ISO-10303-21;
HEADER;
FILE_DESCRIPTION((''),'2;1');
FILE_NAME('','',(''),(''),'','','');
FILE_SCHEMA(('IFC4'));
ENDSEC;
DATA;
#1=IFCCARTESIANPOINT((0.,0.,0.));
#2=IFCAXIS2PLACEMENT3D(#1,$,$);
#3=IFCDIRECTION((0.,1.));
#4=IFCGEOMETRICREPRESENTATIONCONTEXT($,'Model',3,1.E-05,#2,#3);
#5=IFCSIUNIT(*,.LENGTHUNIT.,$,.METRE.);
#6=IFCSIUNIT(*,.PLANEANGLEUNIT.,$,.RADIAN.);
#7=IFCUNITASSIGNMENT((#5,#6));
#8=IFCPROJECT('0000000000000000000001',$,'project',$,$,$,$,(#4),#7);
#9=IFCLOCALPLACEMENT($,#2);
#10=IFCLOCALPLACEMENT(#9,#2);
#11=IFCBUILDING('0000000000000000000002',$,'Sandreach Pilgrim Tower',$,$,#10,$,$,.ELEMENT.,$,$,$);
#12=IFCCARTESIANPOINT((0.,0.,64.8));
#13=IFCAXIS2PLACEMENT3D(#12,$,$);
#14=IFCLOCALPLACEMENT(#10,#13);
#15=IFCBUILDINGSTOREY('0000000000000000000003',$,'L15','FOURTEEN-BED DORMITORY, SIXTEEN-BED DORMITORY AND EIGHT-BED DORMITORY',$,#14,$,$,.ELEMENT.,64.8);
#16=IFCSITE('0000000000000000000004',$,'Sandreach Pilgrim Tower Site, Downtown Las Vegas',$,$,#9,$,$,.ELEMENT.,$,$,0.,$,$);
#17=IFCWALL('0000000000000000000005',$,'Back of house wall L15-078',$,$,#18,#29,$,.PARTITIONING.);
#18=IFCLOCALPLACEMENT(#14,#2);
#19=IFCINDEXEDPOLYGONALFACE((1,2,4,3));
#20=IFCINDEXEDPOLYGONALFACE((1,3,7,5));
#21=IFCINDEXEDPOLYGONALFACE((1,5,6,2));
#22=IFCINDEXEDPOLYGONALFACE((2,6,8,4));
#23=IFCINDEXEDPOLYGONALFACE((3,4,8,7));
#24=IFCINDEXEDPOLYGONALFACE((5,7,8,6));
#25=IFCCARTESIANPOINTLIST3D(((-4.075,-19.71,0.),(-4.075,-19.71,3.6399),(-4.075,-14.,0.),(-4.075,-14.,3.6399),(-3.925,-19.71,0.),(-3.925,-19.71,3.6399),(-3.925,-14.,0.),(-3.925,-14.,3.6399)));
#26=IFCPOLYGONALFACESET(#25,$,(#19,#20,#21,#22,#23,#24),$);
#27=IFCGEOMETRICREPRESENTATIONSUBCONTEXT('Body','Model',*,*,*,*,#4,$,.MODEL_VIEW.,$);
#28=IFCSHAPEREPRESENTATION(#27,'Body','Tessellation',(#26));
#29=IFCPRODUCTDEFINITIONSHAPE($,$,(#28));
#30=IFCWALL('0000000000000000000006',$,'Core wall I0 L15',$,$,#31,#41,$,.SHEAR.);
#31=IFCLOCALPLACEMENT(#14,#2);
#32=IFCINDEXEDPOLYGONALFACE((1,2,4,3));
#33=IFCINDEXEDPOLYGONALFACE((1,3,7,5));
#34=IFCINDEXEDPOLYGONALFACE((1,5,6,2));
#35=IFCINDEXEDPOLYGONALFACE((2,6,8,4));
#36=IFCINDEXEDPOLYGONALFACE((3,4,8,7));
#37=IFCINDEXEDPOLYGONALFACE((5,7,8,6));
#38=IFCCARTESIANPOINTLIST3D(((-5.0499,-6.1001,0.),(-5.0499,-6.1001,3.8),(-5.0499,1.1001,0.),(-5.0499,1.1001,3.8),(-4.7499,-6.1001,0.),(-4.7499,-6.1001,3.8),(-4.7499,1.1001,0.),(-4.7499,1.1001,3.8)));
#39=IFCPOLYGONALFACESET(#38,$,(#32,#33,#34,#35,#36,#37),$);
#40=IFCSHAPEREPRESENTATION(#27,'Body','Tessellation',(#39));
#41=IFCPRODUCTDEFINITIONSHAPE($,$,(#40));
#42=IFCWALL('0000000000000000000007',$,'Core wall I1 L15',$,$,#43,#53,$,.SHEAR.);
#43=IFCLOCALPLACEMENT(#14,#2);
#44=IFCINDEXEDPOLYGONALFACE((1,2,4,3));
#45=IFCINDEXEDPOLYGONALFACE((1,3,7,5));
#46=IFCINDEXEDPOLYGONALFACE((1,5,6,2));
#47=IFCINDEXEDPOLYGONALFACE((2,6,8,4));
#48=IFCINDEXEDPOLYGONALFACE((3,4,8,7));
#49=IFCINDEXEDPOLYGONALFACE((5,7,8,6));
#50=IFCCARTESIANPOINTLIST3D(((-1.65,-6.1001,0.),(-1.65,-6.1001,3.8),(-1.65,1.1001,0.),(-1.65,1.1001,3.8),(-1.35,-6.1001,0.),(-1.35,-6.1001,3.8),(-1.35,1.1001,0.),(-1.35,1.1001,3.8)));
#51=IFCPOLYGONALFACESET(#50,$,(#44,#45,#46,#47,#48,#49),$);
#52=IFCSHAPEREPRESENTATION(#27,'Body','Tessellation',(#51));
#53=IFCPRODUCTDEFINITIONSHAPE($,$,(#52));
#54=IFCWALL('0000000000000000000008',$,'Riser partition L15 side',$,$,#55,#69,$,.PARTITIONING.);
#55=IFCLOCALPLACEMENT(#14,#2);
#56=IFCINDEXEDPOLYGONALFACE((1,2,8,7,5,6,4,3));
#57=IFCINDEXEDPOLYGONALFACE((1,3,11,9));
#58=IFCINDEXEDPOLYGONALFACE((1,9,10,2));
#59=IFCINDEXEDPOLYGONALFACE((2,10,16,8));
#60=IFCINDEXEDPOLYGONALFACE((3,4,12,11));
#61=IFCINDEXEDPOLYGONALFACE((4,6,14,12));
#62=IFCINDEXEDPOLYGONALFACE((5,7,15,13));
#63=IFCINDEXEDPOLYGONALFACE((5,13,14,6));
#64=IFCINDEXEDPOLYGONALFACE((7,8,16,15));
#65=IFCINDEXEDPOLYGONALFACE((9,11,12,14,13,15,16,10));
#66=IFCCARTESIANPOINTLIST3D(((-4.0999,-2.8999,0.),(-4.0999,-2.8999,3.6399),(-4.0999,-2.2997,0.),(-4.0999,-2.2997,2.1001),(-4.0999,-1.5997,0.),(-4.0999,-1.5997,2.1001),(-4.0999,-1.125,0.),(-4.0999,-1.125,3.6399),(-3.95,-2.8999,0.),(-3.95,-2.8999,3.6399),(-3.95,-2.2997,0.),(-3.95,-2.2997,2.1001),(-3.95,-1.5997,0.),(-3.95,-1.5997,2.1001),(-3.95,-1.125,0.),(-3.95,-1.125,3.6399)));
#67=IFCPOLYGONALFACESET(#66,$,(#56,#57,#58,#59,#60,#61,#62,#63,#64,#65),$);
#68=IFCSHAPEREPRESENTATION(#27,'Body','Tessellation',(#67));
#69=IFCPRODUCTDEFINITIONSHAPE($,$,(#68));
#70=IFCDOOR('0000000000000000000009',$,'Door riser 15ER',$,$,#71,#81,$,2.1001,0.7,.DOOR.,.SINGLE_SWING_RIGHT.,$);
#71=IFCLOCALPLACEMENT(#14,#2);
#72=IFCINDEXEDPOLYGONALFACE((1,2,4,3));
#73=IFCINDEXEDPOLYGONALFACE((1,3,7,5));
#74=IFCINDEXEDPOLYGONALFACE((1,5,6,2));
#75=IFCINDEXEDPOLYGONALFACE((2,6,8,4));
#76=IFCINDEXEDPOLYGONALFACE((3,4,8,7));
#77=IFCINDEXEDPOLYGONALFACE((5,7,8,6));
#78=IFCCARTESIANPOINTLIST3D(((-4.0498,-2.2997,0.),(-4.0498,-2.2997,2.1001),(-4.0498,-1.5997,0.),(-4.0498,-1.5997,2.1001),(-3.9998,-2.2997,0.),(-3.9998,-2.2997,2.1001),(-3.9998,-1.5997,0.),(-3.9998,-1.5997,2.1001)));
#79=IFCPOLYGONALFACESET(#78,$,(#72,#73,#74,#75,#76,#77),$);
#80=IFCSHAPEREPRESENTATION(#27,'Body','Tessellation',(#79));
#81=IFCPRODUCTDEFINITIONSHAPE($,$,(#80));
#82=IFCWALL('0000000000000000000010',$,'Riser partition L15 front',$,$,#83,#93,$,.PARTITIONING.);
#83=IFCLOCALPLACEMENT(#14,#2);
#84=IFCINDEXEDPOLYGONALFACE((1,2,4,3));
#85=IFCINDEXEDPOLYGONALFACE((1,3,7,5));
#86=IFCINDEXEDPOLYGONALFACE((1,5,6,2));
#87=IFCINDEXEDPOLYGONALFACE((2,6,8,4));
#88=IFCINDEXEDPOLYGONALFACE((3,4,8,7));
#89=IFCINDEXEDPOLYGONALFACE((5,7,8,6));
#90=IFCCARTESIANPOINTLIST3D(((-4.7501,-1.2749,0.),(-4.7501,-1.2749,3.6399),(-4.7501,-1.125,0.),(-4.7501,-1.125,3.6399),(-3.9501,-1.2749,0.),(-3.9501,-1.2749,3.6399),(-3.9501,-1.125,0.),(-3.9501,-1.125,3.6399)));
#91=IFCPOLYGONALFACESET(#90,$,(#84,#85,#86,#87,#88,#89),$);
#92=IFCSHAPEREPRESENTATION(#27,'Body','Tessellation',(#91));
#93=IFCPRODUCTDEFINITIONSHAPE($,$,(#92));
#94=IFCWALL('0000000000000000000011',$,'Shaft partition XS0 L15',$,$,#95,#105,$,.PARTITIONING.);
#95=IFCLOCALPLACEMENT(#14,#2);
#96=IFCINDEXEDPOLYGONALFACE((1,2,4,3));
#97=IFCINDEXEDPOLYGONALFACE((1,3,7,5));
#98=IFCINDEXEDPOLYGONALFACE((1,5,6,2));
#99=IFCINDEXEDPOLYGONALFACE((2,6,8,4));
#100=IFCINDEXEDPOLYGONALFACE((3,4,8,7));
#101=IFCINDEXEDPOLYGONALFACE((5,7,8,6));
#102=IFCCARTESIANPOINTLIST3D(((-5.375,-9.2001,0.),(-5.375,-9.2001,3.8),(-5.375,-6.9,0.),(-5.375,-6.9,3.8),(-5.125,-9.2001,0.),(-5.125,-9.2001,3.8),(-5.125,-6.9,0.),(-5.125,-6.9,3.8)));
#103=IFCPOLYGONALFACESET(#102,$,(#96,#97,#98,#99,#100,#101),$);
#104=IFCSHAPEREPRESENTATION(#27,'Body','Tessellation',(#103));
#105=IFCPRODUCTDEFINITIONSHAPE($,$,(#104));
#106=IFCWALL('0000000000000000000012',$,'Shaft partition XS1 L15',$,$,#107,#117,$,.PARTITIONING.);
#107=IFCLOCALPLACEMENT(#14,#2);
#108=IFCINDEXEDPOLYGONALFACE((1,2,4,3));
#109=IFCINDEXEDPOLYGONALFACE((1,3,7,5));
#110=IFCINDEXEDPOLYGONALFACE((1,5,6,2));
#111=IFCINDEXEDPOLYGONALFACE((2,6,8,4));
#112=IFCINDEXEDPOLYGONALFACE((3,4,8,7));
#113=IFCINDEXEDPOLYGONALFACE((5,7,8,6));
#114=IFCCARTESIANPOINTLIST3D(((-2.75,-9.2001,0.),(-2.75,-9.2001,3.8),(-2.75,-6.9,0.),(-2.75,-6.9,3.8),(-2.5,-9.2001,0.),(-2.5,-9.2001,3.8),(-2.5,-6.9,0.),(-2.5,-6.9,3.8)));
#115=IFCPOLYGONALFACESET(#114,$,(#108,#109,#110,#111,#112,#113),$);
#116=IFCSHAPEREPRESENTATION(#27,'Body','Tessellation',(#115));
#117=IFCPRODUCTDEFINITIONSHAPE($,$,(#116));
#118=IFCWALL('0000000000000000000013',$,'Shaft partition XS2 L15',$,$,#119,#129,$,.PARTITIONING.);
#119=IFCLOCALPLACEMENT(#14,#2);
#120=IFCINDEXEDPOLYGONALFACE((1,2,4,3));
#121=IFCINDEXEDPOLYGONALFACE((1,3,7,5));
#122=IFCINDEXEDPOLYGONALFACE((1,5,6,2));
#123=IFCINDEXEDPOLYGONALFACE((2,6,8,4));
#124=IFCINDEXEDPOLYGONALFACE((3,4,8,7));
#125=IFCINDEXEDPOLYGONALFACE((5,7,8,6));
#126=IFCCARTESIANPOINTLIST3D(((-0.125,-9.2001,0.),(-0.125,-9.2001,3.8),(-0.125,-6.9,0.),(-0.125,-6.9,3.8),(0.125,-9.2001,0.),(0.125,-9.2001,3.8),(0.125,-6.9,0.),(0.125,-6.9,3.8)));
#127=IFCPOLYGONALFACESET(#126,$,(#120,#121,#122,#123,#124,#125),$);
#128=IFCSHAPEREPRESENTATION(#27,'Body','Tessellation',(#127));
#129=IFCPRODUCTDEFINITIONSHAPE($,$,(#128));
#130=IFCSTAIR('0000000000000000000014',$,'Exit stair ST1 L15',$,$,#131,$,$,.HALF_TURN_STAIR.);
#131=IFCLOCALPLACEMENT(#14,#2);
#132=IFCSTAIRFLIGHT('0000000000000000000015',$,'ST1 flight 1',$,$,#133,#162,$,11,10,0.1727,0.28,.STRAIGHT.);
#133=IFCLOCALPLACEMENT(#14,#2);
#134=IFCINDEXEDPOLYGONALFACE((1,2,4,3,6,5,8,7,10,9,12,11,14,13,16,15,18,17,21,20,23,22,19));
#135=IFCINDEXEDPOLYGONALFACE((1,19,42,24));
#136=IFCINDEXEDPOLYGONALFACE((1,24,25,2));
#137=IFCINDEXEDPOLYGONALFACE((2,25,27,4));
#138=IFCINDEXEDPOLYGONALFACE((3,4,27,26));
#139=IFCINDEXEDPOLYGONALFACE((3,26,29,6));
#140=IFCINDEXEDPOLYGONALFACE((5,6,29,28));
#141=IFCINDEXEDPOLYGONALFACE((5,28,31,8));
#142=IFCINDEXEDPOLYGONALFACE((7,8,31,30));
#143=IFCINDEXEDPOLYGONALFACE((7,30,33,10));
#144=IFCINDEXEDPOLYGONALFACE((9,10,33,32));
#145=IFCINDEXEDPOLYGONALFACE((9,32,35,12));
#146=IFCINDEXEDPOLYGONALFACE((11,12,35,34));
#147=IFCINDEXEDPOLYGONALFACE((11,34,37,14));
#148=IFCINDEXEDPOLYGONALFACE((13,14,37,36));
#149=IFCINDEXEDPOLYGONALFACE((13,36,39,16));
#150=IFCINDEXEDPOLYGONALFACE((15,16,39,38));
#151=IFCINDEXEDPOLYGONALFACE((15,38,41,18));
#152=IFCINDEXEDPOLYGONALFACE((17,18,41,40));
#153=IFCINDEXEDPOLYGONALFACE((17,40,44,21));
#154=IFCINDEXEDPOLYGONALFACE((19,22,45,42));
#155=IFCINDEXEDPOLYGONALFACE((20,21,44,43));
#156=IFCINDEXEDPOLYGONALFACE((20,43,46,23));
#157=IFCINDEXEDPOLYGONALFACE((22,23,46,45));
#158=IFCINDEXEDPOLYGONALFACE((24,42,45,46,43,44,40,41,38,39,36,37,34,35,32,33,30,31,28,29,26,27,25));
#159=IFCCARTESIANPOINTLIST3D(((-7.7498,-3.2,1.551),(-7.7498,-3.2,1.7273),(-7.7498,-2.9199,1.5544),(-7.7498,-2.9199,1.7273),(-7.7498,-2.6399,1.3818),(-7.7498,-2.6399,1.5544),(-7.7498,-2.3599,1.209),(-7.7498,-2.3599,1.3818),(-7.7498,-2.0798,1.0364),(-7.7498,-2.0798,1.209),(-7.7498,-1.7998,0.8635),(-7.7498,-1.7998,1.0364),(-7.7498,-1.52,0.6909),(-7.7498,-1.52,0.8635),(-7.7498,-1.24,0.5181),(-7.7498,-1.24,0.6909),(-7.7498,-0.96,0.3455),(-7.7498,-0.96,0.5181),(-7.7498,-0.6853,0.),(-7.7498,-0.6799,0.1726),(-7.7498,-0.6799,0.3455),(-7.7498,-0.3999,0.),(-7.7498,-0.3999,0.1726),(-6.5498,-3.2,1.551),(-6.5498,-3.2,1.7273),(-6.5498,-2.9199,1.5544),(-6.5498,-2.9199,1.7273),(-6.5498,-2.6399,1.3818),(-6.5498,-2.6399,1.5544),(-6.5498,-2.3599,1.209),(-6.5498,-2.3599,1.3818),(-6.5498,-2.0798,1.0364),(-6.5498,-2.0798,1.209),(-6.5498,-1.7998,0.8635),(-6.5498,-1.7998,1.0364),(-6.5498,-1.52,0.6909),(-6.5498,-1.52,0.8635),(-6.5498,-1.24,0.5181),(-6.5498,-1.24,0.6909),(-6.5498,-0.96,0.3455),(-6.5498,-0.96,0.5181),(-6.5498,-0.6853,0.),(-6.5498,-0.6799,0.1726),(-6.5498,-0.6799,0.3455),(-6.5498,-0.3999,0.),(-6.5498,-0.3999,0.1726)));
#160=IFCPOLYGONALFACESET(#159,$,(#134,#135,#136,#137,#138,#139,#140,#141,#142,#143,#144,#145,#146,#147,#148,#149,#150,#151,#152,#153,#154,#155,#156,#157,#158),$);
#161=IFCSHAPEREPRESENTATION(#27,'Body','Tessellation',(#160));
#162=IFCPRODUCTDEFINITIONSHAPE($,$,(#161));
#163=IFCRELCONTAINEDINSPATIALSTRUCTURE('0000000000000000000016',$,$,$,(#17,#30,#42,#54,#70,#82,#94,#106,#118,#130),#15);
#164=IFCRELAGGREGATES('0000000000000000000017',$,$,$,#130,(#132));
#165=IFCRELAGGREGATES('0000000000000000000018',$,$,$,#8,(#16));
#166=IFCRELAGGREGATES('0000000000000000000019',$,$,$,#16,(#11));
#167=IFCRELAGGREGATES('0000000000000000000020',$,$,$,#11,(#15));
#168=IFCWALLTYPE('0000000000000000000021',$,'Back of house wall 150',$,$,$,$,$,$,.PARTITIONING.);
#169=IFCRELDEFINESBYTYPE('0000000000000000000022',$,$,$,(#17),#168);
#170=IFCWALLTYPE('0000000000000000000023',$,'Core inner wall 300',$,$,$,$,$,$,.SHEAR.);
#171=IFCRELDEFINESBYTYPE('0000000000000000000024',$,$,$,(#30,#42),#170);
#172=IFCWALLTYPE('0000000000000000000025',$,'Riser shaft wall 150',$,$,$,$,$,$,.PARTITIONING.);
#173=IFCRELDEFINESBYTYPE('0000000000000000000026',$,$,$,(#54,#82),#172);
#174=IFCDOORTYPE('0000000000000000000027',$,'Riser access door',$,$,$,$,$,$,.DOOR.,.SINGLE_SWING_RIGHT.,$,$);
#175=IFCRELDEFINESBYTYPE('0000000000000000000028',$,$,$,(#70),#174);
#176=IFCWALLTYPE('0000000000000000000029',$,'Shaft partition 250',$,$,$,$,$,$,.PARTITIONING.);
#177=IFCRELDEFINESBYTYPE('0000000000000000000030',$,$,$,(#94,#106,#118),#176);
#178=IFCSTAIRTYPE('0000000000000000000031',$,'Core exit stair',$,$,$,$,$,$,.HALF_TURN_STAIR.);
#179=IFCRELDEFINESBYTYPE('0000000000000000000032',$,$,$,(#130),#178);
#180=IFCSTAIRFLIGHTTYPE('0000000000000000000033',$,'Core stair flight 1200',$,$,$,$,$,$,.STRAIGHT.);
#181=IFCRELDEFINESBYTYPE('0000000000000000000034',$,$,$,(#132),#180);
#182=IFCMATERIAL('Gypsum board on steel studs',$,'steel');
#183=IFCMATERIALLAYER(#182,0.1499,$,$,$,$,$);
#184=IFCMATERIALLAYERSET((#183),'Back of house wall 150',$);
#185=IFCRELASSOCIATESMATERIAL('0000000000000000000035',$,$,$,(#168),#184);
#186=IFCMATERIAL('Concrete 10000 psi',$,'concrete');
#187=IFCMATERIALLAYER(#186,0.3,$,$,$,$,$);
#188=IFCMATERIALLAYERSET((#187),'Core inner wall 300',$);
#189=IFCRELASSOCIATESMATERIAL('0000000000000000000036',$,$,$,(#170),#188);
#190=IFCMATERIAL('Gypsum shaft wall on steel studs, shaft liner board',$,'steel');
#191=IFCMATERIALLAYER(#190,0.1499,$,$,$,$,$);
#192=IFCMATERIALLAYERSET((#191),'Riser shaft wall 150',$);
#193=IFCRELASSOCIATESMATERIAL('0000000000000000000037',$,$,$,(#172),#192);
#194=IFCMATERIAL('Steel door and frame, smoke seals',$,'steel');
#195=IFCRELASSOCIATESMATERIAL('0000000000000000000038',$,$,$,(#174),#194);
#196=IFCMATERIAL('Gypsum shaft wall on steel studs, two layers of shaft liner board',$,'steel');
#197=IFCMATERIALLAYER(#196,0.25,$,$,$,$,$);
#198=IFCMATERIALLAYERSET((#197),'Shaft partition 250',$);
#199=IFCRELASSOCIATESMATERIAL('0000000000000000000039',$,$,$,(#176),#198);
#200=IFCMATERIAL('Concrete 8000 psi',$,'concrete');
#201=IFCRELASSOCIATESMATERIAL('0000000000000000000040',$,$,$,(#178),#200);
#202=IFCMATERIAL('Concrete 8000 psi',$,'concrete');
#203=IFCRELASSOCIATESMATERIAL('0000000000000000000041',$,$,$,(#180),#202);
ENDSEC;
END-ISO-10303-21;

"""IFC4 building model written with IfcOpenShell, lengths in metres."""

from ifc_helpers import new_model, si_unit, direction, frame, frame_2d, origin, place, context, subcontext, project, spatial, polyline, rectangle, outline, extrude, material, layer, layer_set, type_object, element, fill, aggregate, save


model = new_model("IFC4")

# Units and contexts
model_context = context("Model", 3, precision=1e-05, world=origin(), true_north=direction((0.0, 1.0)))
body_context = subcontext(model_context, "Body", "Model", "MODEL_VIEW")
ifc_project = project(units=[si_unit("LENGTHUNIT", "METRE"), si_unit("PLANEANGLEUNIT", "RADIAN")], contexts=[model_context])

# Site, building, storey
site_placement = place(None, origin())
site = spatial("IfcSite", under=ifc_project, at=site_placement, Name="Sandreach Pilgrim Tower Site, Downtown Las Vegas", CompositionType="ELEMENT", RefElevation=0.0)
building_placement = place(site_placement, origin())
building = spatial("IfcBuilding", under=site, at=building_placement, Name="Sandreach Pilgrim Tower", CompositionType="ELEMENT")
storey_placement = place(building_placement, frame((0.0, 0.0, 64.8)))
storey = spatial("IfcBuildingStorey", under=building, at=storey_placement, Name="L15", Description="FOURTEEN-BED DORMITORY, SIXTEEN-BED DORMITORY AND EIGHT-BED DORMITORY", CompositionType="ELEMENT", Elevation=64.8)

# Walls
ifc_material_1 = material(Name="Gypsum board on steel studs", Category="steel")
ifc_layer_1 = layer(ifc_material_1, 0.1499)
ifc_layer_set_1 = layer_set([ifc_layer_1], Name="Back of house wall 150")
wall_type_1 = type_object("IfcWallType", Name="Back of house wall 150", PredefinedType="PARTITIONING", material=ifc_layer_set_1)
wall_1_placement = place(storey_placement, frame((-4.0, -14.0, 0.0), z_axis=(0.0, 0.0, 1.0), x_axis=(0.0, -1.0, 0.0)))
element("IfcWall", 1, at=wall_1_placement, inside=storey, type_object=wall_type_1, Name="Back of house wall L15-078", PredefinedType="PARTITIONING", context=body_context, shape_type="SweptSolid", body=[
    extrude(rectangle(XDim=5.71, YDim=0.1499, at=frame_2d((2.855, 0.0))), origin(), (0.0, 0.0, 1.0), 3.6399),
])
ifc_material_2 = material(Name="Concrete 10000 psi", Category="concrete")
ifc_layer_2 = layer(ifc_material_2, 0.3)
ifc_layer_set_2 = layer_set([ifc_layer_2], Name="Core inner wall 300")
wall_type_2 = type_object("IfcWallType", Name="Core inner wall 300", PredefinedType="SHEAR", material=ifc_layer_set_2)
for number, where, z_axis, x_axis, name in (
    (2, (-4.8999, -6.1001, 0.0), (0.0, 0.0, 1.0), (0.0, 1.0, 0.0), "Core wall I0 L15"),
    (3, (-1.5, -6.1001, 0.0), (0.0, 0.0, 1.0), (0.0, 1.0, 0.0), "Core wall I1 L15"),
):
    element("IfcWall", number, at=place(storey_placement, frame(where, z_axis=z_axis, x_axis=x_axis)), inside=storey, type_object=wall_type_2, Name=name, PredefinedType="SHEAR", context=body_context, shape_type="SweptSolid", body=[
        extrude(rectangle(XDim=7.2002, YDim=0.3, at=frame_2d((3.6001, 0.0))), origin(), (0.0, 0.0, 1.0), 3.8),
    ])

# Wall, opening, door
ifc_material_3 = material(Name="Gypsum shaft wall on steel studs, shaft liner board", Category="steel")
ifc_layer_3 = layer(ifc_material_3, 0.1499)
ifc_layer_set_3 = layer_set([ifc_layer_3], Name="Riser shaft wall 150")
wall_type_3 = type_object("IfcWallType", Name="Riser shaft wall 150", PredefinedType="PARTITIONING", material=ifc_layer_set_3)
wall_2_placement = place(storey_placement, frame((-4.0249, -2.8999, 0.0), z_axis=(0.0, 0.0, 1.0), x_axis=(0.0, 1.0, 0.0)))
wall_2 = element("IfcWall", 4, at=wall_2_placement, inside=storey, type_object=wall_type_3, Name="Riser partition L15 side", PredefinedType="PARTITIONING", context=body_context, shape_type="SweptSolid", body=[
    extrude(rectangle(XDim=1.7749, YDim=0.1499, at=frame_2d((0.8875, 0.0))), origin(), (0.0, 0.0, 1.0), 3.6399),
])
opening_1_placement = place(wall_2_placement, frame((0.6001, 0.0, 0.0)))
opening_1 = element("IfcOpeningElement", 5, at=opening_1_placement, cuts=wall_2, PredefinedType="OPENING", context=body_context, shape_type="SweptSolid", body=[
    extrude(rectangle(XDim=0.7, YDim=2.1001, at=frame_2d((0.3501, 1.05))), frame((0.0, 0.075, 0.0), z_axis=(0.0, -1.0, 0.0), x_axis=(1.0, 0.0, 0.0)), (0.0, 0.0, 1.0), 0.1499),
])
ifc_material_4 = material(Name="Steel door and frame, smoke seals", Category="steel")
door_type_1 = type_object("IfcDoorType", Name="Riser access door", OperationType="SINGLE_SWING_RIGHT", PredefinedType="DOOR", material=ifc_material_4)
door_1_placement = place(opening_1_placement, origin())
door_1 = element("IfcDoor", 6, at=door_1_placement, inside=storey, type_object=door_type_1, Name="Door riser 15ER", OperationType="SINGLE_SWING_RIGHT", OverallHeight=2.1001, OverallWidth=0.7, PredefinedType="DOOR", context=body_context, shape_type="SweptSolid", body=[
    extrude(rectangle(XDim=0.7, YDim=2.1001, at=frame_2d((0.3501, 1.05))), frame((0.0, 0.0249, 0.0), z_axis=(0.0, -1.0, 0.0), x_axis=(1.0, 0.0, 0.0)), (0.0, 0.0, 1.0), 0.05),
])
fill(opening_1, door_1)

# Walls
wall_3_placement = place(storey_placement, frame((-4.75, -1.2, 0.0), z_axis=(0.0, 0.0, 1.0), x_axis=(1.0, 0.0, 0.0)))
element("IfcWall", 7, at=wall_3_placement, inside=storey, type_object=wall_type_3, Name="Riser partition L15 front", PredefinedType="PARTITIONING", context=body_context, shape_type="SweptSolid", body=[
    extrude(rectangle(XDim=0.8, YDim=0.1499, at=frame_2d((0.3999, 0.0))), origin(), (0.0, 0.0, 1.0), 3.6399),
])
ifc_material_5 = material(Name="Gypsum shaft wall on steel studs, two layers of shaft liner board", Category="steel")
ifc_layer_4 = layer(ifc_material_5, 0.25)
ifc_layer_set_4 = layer_set([ifc_layer_4], Name="Shaft partition 250")
wall_type_4 = type_object("IfcWallType", Name="Shaft partition 250", PredefinedType="PARTITIONING", material=ifc_layer_set_4)
for number, where, z_axis, x_axis, name in (
    (8, (-5.25, -9.2, 0.0), (0.0, 0.0, 1.0), (0.0, 1.0, 0.0), "Shaft partition XS0 L15"),
    (9, (-2.625, -9.2, 0.0), (0.0, 0.0, 1.0), (0.0, 1.0, 0.0), "Shaft partition XS1 L15"),
    (10, (0.0, -9.2, 0.0), (0.0, 0.0, 1.0), (0.0, 1.0, 0.0), "Shaft partition XS2 L15"),
):
    element("IfcWall", number, at=place(storey_placement, frame(where, z_axis=z_axis, x_axis=x_axis)), inside=storey, type_object=wall_type_4, Name=name, PredefinedType="PARTITIONING", context=body_context, shape_type="SweptSolid", body=[
        extrude(rectangle(XDim=2.3, YDim=0.25, at=frame_2d((1.1499, 0.0))), origin(), (0.0, 0.0, 1.0), 3.8),
    ])

# Stair, stair flight
ifc_material_6 = material(Name="Concrete 8000 psi", Category="concrete")
stair_type = type_object("IfcStairType", Name="Core exit stair", PredefinedType="HALF_TURN_STAIR", material=ifc_material_6)
stair_1_placement = place(storey_placement, origin())
stair_1 = element("IfcStair", 11, at=stair_1_placement, inside=storey, type_object=stair_type, Name="Exit stair ST1 L15", PredefinedType="HALF_TURN_STAIR")
ifc_material_7 = material(Name="Concrete 8000 psi", Category="concrete")
stair_flight_type = type_object("IfcStairFlightType", Name="Core stair flight 1200", PredefinedType="STRAIGHT", material=ifc_material_7)
stair_flight_1_placement = place(storey_placement, frame((-7.1499, -0.3999, 0.0), z_axis=(0.0, 0.0, 1.0), x_axis=(0.0, -1.0, 0.0)))
stair_flight_1 = element("IfcStairFlight", 12, at=stair_flight_1_placement, type_object=stair_flight_type, Name="ST1 flight 1", NumberOfRisers=11, NumberOfTreads=10, PredefinedType="STRAIGHT", RiserHeight=0.1727, TreadLength=0.28, context=body_context, shape_type="SweptSolid", body=[
    extrude(outline(polyline([(0.0, 0.0), (0.0, 0.1726), (0.28, 0.1726), (0.28, 0.3455), (0.5601, 0.3455), (0.5601, 0.5181), (0.8401, 0.5181), (0.8401, 0.6909), (1.1201, 0.6909), (1.1201, 0.8635), (1.3999, 0.8635), (1.3999, 1.0364), (1.6799, 1.0364), (1.6799, 1.209), (1.96, 1.209), (1.96, 1.3818), (2.24, 1.3818), (2.24, 1.5544), (2.52, 1.5544), (2.52, 1.7273), (2.8, 1.7273), (2.8, 1.8999), (2.8, 1.551), (0.2854, 0.0), (0.0, 0.0)])), frame((0.0, 0.6001, 0.0), z_axis=(0.0, -1.0, 0.0), x_axis=(1.0, 0.0, 0.0)), (0.0, 0.0, 1.0), 1.2),
])
aggregate(stair_1, [stair_flight_1])

save(model, "model.ifc")
